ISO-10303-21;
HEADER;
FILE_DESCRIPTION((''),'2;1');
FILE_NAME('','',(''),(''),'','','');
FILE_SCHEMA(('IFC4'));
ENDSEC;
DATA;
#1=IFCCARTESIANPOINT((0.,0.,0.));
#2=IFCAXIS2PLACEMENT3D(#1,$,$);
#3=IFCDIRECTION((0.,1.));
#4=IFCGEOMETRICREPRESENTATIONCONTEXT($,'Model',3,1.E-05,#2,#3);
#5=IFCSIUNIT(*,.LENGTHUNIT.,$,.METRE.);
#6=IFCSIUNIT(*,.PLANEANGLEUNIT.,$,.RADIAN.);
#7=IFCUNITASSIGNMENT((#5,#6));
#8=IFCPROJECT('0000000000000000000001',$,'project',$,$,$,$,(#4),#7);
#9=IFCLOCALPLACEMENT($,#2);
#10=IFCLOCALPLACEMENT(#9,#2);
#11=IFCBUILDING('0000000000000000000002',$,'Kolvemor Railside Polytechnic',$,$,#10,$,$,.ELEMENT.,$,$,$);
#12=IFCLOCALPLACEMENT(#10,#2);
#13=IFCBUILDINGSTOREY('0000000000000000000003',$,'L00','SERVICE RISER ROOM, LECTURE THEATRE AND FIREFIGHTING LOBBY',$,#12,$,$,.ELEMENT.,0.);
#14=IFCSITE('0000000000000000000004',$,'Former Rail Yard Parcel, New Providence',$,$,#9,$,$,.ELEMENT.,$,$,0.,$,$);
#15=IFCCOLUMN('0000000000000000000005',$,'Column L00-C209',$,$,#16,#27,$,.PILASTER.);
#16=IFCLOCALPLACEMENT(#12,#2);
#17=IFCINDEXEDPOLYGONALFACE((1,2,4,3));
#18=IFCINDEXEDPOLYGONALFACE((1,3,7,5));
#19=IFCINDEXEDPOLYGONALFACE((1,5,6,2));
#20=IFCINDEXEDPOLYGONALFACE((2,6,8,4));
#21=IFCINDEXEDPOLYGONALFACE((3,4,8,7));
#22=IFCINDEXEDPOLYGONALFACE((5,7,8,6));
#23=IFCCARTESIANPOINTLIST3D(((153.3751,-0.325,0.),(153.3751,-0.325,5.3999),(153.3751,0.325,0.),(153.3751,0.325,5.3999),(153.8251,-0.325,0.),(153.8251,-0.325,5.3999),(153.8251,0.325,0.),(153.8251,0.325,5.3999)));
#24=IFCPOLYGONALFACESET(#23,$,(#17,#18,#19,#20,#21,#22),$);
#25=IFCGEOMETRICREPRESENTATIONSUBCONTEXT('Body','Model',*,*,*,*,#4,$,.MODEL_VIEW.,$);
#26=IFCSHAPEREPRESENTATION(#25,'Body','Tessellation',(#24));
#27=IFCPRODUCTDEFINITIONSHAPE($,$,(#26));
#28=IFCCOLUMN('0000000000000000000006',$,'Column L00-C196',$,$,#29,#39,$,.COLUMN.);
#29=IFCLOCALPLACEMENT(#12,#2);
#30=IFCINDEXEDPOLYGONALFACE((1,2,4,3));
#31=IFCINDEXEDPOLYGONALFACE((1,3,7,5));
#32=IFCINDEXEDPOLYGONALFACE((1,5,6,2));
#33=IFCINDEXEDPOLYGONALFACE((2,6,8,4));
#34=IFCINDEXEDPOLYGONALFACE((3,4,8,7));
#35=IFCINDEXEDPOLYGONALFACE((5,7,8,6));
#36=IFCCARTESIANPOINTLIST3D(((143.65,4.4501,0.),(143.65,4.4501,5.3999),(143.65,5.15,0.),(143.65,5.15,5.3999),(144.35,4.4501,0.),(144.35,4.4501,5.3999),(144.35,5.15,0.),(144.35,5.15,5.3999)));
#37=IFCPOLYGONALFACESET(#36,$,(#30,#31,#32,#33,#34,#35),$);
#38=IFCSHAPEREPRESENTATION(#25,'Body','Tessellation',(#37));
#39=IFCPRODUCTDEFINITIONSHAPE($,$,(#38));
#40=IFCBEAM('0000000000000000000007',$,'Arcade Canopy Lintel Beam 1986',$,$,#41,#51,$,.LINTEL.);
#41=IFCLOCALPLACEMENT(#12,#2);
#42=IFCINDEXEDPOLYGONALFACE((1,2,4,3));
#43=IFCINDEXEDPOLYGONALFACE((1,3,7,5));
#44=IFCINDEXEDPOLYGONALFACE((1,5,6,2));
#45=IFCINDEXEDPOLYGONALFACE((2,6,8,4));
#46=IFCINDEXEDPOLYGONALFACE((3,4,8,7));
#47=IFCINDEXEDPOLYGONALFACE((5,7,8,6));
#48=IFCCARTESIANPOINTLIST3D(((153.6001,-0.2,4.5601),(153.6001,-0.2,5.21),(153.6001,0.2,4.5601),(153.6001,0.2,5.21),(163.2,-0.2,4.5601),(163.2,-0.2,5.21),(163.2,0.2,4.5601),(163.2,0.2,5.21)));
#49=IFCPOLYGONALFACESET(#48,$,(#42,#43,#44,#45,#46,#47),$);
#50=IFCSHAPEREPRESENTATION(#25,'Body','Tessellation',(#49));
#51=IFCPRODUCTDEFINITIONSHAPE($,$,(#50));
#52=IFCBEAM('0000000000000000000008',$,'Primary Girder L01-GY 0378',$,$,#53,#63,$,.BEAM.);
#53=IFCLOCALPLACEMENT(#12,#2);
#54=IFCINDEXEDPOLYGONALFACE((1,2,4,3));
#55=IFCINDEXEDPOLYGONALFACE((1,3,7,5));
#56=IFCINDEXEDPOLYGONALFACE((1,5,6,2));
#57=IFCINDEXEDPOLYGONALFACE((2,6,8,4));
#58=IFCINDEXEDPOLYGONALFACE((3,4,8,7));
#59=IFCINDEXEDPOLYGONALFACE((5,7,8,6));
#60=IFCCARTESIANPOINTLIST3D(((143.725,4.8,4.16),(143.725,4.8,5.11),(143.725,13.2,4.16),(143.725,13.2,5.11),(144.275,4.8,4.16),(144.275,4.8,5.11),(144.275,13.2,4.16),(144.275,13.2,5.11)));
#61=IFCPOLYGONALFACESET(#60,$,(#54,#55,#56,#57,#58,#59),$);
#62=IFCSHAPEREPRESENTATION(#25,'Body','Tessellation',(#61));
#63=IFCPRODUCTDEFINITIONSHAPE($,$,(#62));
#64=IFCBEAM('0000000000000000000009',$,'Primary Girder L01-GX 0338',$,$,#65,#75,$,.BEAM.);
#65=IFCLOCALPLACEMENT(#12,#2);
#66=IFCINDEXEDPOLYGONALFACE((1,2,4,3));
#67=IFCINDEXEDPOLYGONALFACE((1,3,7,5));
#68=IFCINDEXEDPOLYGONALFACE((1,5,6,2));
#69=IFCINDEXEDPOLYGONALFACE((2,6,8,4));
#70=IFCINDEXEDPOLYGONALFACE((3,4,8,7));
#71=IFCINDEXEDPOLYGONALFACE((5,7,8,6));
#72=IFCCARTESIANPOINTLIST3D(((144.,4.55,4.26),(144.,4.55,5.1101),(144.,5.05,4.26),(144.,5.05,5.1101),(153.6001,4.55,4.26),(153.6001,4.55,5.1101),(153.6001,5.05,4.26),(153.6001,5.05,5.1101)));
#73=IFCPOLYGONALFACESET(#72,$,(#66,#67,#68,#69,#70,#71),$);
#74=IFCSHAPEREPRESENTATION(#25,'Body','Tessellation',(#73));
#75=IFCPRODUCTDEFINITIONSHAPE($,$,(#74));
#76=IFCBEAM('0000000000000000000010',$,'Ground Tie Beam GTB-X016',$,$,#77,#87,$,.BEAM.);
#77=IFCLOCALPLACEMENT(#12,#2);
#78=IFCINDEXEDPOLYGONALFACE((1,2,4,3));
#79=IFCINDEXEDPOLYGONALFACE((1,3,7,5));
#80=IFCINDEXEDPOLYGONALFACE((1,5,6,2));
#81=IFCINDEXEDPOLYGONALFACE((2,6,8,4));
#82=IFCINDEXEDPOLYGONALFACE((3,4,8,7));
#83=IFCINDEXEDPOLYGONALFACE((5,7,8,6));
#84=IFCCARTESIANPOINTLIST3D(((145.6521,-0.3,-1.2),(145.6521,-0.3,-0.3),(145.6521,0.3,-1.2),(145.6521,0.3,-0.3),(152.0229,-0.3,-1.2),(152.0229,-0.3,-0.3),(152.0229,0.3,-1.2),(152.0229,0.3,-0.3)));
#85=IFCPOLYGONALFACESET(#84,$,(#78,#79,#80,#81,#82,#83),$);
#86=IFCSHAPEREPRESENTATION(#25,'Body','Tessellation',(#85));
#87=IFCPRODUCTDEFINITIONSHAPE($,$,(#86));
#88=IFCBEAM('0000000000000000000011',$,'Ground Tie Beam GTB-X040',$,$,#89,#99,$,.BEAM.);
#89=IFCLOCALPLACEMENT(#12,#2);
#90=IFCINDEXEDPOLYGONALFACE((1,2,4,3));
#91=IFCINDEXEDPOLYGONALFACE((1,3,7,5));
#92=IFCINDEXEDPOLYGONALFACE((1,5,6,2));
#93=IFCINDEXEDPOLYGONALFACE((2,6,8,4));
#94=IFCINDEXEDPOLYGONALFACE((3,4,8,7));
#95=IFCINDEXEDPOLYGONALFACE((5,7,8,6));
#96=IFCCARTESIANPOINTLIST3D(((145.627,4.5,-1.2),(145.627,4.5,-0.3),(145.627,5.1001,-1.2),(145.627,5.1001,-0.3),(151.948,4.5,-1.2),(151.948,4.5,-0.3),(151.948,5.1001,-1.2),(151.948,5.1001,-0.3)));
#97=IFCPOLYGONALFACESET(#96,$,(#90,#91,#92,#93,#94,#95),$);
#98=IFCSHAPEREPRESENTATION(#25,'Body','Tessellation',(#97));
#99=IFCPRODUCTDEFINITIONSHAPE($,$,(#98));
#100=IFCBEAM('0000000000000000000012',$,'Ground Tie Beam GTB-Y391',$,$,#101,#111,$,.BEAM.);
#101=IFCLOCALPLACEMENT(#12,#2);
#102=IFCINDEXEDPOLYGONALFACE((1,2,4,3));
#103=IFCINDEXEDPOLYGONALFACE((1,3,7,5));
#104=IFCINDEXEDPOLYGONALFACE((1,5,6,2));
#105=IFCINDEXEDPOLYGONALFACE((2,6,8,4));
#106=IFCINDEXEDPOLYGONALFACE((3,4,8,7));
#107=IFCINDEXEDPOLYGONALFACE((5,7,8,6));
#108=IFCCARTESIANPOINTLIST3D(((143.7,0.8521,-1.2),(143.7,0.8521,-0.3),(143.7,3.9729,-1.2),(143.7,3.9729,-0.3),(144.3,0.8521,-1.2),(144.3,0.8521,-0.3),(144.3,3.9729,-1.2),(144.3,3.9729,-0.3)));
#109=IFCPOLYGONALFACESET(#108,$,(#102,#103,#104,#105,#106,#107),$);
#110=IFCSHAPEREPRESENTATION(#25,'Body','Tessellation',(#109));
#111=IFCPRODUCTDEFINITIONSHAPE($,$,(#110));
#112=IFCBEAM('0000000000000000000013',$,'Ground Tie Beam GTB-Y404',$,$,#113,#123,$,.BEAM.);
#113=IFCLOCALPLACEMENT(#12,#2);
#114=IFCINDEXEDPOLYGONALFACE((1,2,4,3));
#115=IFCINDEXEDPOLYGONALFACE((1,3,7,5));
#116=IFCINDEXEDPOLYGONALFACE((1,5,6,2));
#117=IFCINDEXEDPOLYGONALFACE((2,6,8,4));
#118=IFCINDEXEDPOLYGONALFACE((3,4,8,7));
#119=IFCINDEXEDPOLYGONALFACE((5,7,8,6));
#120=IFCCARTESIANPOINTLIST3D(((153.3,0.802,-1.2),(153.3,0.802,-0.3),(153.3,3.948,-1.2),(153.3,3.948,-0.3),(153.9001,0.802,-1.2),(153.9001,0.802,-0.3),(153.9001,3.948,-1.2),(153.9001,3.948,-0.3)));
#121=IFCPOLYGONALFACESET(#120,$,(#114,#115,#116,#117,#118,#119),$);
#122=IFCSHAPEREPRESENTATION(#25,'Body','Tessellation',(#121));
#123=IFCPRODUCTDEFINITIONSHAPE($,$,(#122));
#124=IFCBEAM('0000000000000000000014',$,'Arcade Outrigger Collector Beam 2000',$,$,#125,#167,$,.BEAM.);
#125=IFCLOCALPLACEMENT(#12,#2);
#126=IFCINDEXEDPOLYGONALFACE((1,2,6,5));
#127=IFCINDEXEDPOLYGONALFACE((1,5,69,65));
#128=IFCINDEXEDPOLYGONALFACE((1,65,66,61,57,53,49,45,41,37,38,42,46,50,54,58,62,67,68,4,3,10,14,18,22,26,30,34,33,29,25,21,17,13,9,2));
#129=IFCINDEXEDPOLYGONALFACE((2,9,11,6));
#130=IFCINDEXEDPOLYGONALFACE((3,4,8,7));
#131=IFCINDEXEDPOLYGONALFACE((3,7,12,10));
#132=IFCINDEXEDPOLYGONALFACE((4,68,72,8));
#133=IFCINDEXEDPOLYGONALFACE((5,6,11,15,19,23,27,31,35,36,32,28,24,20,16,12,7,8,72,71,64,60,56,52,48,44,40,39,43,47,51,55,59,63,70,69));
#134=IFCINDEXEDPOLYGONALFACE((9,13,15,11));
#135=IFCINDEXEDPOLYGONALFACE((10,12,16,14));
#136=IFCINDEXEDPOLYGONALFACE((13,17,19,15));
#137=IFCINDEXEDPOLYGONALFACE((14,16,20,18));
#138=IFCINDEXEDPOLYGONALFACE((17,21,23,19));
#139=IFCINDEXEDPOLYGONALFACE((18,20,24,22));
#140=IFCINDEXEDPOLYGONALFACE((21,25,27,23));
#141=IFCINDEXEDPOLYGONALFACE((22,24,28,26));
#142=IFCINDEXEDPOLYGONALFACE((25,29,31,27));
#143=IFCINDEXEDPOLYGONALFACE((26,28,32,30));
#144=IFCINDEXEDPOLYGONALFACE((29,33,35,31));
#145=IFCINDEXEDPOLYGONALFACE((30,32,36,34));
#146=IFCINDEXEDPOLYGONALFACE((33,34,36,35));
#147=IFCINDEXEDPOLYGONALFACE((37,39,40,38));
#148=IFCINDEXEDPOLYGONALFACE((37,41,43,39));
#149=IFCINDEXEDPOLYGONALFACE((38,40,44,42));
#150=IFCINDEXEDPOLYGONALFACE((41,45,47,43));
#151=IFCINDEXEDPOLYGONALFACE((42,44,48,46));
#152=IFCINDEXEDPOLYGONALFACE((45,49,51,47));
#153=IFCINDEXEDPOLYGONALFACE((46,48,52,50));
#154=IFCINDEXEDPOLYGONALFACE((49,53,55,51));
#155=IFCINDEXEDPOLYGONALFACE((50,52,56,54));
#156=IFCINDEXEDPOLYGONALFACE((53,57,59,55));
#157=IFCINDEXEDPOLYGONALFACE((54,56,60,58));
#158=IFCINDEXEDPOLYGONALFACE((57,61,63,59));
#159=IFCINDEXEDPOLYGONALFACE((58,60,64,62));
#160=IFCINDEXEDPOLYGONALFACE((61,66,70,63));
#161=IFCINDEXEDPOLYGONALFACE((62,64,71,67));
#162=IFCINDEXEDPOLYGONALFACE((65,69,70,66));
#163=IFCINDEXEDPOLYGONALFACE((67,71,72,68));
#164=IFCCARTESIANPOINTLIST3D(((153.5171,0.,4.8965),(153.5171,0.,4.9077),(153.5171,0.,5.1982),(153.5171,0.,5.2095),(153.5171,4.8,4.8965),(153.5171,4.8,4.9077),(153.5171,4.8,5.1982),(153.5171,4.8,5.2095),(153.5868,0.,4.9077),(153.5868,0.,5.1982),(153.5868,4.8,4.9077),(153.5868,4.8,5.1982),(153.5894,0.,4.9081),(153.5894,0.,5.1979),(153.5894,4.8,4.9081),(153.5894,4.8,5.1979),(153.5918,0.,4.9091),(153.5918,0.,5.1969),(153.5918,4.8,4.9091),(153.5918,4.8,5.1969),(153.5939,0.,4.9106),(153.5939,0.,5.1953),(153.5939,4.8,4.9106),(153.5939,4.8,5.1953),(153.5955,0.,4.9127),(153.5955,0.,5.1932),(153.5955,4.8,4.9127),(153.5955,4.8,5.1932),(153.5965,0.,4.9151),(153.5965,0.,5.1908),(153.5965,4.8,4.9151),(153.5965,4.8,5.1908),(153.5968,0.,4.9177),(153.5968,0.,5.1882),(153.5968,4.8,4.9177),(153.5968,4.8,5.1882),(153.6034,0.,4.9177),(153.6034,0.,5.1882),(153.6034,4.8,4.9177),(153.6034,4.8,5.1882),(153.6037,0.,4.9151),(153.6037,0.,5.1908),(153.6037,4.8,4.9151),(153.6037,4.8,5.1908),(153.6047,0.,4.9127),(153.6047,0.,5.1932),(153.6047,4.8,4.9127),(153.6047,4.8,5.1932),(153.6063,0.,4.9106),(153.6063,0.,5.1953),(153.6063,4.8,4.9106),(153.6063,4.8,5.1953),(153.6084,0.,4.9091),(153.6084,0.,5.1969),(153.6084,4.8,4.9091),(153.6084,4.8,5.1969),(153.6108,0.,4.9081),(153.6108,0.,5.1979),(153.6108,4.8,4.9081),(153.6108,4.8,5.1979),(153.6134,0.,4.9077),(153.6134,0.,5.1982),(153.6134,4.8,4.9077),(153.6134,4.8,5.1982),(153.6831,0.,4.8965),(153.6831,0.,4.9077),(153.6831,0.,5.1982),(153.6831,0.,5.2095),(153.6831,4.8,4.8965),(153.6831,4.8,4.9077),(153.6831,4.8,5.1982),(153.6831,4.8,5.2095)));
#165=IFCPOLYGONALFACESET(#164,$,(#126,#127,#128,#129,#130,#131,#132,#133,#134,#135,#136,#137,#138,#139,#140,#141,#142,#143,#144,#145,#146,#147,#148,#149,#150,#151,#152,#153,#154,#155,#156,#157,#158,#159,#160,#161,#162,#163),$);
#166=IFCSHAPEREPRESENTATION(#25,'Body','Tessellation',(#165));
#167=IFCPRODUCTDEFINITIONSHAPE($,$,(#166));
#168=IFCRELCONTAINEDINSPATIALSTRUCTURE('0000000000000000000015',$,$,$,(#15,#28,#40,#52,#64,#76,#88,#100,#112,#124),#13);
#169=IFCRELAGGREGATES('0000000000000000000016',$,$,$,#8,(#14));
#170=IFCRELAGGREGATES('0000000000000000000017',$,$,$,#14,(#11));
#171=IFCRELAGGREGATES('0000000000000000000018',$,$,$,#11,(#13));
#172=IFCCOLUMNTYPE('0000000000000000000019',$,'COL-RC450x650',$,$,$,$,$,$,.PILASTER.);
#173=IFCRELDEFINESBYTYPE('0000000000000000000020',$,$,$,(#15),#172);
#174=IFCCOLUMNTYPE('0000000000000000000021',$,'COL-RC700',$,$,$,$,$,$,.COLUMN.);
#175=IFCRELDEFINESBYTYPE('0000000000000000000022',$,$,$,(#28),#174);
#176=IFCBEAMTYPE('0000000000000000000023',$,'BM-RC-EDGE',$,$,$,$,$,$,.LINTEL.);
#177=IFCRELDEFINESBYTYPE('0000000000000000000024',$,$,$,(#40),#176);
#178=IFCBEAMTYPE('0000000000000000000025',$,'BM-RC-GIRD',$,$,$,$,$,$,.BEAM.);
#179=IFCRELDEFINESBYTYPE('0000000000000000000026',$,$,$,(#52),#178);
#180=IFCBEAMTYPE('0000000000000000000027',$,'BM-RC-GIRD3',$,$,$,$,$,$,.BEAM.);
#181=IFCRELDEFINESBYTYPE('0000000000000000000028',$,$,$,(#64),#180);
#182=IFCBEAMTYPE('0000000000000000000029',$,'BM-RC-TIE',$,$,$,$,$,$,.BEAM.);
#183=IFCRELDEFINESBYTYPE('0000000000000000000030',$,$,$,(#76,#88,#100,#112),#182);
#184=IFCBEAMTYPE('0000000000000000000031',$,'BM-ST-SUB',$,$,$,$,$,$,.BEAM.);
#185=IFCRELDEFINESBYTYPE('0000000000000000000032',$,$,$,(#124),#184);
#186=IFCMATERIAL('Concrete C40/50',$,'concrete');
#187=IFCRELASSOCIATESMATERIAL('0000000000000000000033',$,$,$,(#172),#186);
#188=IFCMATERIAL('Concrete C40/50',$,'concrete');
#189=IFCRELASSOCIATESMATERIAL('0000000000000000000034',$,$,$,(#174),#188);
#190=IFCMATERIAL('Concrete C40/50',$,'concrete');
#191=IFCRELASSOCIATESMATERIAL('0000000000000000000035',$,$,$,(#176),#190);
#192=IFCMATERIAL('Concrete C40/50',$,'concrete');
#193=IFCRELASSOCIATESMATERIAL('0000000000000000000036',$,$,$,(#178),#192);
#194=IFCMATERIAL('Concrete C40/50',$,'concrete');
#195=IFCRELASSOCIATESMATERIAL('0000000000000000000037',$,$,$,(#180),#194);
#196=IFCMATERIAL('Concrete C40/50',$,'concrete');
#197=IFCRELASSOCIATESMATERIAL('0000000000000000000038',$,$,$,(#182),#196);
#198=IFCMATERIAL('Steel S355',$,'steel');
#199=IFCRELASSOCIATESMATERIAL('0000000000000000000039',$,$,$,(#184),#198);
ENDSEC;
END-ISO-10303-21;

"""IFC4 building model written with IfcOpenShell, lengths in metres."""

from ifc_helpers import new_model, si_unit, direction, frame, origin, origin_2d, place, context, subcontext, project, spatial, rectangle, i_section, extrude, material, material_profile, profile_set, type_object, element, save


model = new_model("IFC4")

# Units and contexts
model_context = context("Model", 3, precision=1e-05, world=origin(), true_north=direction((0.0, 1.0)))
body_context = subcontext(model_context, "Body", "Model", "MODEL_VIEW")
ifc_project = project(units=[si_unit("LENGTHUNIT", "METRE"), si_unit("PLANEANGLEUNIT", "RADIAN")], contexts=[model_context])

# Site, building, storey
site_placement = place(None, origin())
site = spatial("IfcSite", under=ifc_project, at=site_placement, Name="Former Rail Yard Parcel, New Providence", CompositionType="ELEMENT", RefElevation=0.0)
building_placement = place(site_placement, origin())
building = spatial("IfcBuilding", under=site, at=building_placement, Name="Kolvemor Railside Polytechnic", CompositionType="ELEMENT")
storey_placement = place(building_placement, origin())
storey = spatial("IfcBuildingStorey", under=building, at=storey_placement, Name="L00", Description="SERVICE RISER ROOM, LECTURE THEATRE AND FIREFIGHTING LOBBY", CompositionType="ELEMENT", Elevation=0.0)

# Columns
ifc_material_1 = material(Name="Concrete C40/50", Category="concrete")
ifc_material_profile_1 = material_profile(ifc_material_1, rectangle(XDim=0.45, YDim=0.6499, at=origin_2d()), Name="RC450x650")
ifc_profile_set_1 = profile_set([ifc_material_profile_1], Name="Concrete C40/50")
column_type_1 = type_object("IfcColumnType", Name="COL-RC450x650", PredefinedType="PILASTER", material=ifc_profile_set_1)
column_1_placement = place(storey_placement, frame((153.6001, 0.0, 0.0), z_axis=(0.0, 0.0, 1.0), x_axis=(1.0, 0.0, 0.0)))
element("IfcColumn", 1, at=column_1_placement, inside=storey, type_object=column_type_1, Name="Column L00-C209", PredefinedType="PILASTER", context=body_context, shape_type="SweptSolid", body=[
    extrude(rectangle(XDim=0.45, YDim=0.6499, at=origin_2d()), origin(), (0.0, 0.0, 1.0), 5.3999),
])
ifc_material_2 = material(Name="Concrete C40/50", Category="concrete")
ifc_material_profile_2 = material_profile(ifc_material_2, rectangle(XDim=0.7, YDim=0.7, at=origin_2d()), Name="RC700x700")
ifc_profile_set_2 = profile_set([ifc_material_profile_2], Name="Concrete C40/50")
column_type_2 = type_object("IfcColumnType", Name="COL-RC700", PredefinedType="COLUMN", material=ifc_profile_set_2)
column_2_placement = place(storey_placement, frame((144.0, 4.8, 0.0), z_axis=(0.0, 0.0, 1.0), x_axis=(1.0, 0.0, 0.0)))
element("IfcColumn", 2, at=column_2_placement, inside=storey, type_object=column_type_2, Name="Column L00-C196", PredefinedType="COLUMN", context=body_context, shape_type="SweptSolid", body=[
    extrude(rectangle(XDim=0.7, YDim=0.7, at=origin_2d()), origin(), (0.0, 0.0, 1.0), 5.3999),
])

# Beams
ifc_material_3 = material(Name="Concrete C40/50", Category="concrete")
ifc_material_profile_3 = material_profile(ifc_material_3, rectangle(XDim=0.3999, YDim=0.6499, at=origin_2d()), Name="RC400x650")
ifc_profile_set_3 = profile_set([ifc_material_profile_3], Name="Concrete C40/50")
beam_type_1 = type_object("IfcBeamType", Name="BM-RC-EDGE", PredefinedType="LINTEL", material=ifc_profile_set_3)
beam_1_placement = place(storey_placement, frame((153.6001, 0.0, 4.885), z_axis=(1.0, 0.0, 0.0), x_axis=(0.0, 1.0, 0.0)))
element("IfcBeam", 3, at=beam_1_placement, inside=storey, type_object=beam_type_1, Name="Arcade Canopy Lintel Beam 1986", PredefinedType="LINTEL", context=body_context, shape_type="SweptSolid", body=[
    extrude(rectangle(XDim=0.3999, YDim=0.6499, at=origin_2d()), origin(), (0.0, 0.0, 1.0), 9.5999),
])
ifc_material_4 = material(Name="Concrete C40/50", Category="concrete")
ifc_material_profile_4 = material_profile(ifc_material_4, rectangle(XDim=0.55, YDim=0.95, at=origin_2d()), Name="RC550x950")
ifc_profile_set_4 = profile_set([ifc_material_profile_4], Name="Concrete C40/50")
beam_type_2 = type_object("IfcBeamType", Name="BM-RC-GIRD", PredefinedType="BEAM", material=ifc_profile_set_4)
beam_2_placement = place(storey_placement, frame((144.0, 4.8, 4.635), z_axis=(0.0, 1.0, 0.0), x_axis=(-1.0, 0.0, 0.0)))
element("IfcBeam", 4, at=beam_2_placement, inside=storey, type_object=beam_type_2, Name="Primary Girder L01-GY 0378", PredefinedType="BEAM", context=body_context, shape_type="SweptSolid", body=[
    extrude(rectangle(XDim=0.55, YDim=0.95, at=origin_2d()), origin(), (0.0, 0.0, 1.0), 8.3999),
])
ifc_material_5 = material(Name="Concrete C40/50", Category="concrete")
ifc_material_profile_5 = material_profile(ifc_material_5, rectangle(XDim=0.5, YDim=0.8501, at=origin_2d()), Name="RC500x850")
ifc_profile_set_5 = profile_set([ifc_material_profile_5], Name="Concrete C40/50")
beam_type_3 = type_object("IfcBeamType", Name="BM-RC-GIRD3", PredefinedType="BEAM", material=ifc_profile_set_5)
beam_3_placement = place(storey_placement, frame((144.0, 4.8, 4.6851), z_axis=(1.0, 0.0, 0.0), x_axis=(0.0, 1.0, 0.0)))
element("IfcBeam", 5, at=beam_3_placement, inside=storey, type_object=beam_type_3, Name="Primary Girder L01-GX 0338", PredefinedType="BEAM", context=body_context, shape_type="SweptSolid", body=[
    extrude(rectangle(XDim=0.5, YDim=0.8501, at=origin_2d()), origin(), (0.0, 0.0, 1.0), 9.6001),
])
ifc_material_6 = material(Name="Concrete C40/50", Category="concrete")
ifc_material_profile_6 = material_profile(ifc_material_6, rectangle(XDim=0.6001, YDim=0.8999, at=origin_2d()), Name="RC600x900")
ifc_profile_set_6 = profile_set([ifc_material_profile_6], Name="Concrete C40/50")
beam_type_4 = type_object("IfcBeamType", Name="BM-RC-TIE", PredefinedType="BEAM", material=ifc_profile_set_6)
beam_4_placement = place(storey_placement, frame((145.6521, 0.0, -0.75), z_axis=(1.0, 0.0, 0.0), x_axis=(0.0, 1.0, 0.0)))
element("IfcBeam", 6, at=beam_4_placement, inside=storey, type_object=beam_type_4, Name="Ground Tie Beam GTB-X016", PredefinedType="BEAM", context=body_context, shape_type="SweptSolid", body=[
    extrude(rectangle(XDim=0.6001, YDim=0.8999, at=origin_2d()), origin(), (0.0, 0.0, 1.0), 6.3708),
])
beam_5_placement = place(storey_placement, frame((145.627, 4.8, -0.75), z_axis=(1.0, 0.0, 0.0), x_axis=(0.0, 1.0, 0.0)))
element("IfcBeam", 7, at=beam_5_placement, inside=storey, type_object=beam_type_4, Name="Ground Tie Beam GTB-X040", PredefinedType="BEAM", context=body_context, shape_type="SweptSolid", body=[
    extrude(rectangle(XDim=0.6001, YDim=0.8999, at=origin_2d()), origin(), (0.0, 0.0, 1.0), 6.321),
])
beam_6_placement = place(storey_placement, frame((144.0, 0.8521, -0.75), z_axis=(0.0, 1.0, 0.0), x_axis=(-1.0, 0.0, 0.0)))
element("IfcBeam", 8, at=beam_6_placement, inside=storey, type_object=beam_type_4, Name="Ground Tie Beam GTB-Y391", PredefinedType="BEAM", context=body_context, shape_type="SweptSolid", body=[
    extrude(rectangle(XDim=0.6001, YDim=0.8999, at=origin_2d()), origin(), (0.0, 0.0, 1.0), 3.1208),
])
beam_7_placement = place(storey_placement, frame((153.6001, 0.802, -0.75), z_axis=(0.0, 1.0, 0.0), x_axis=(-1.0, 0.0, 0.0)))
element("IfcBeam", 9, at=beam_7_placement, inside=storey, type_object=beam_type_4, Name="Ground Tie Beam GTB-Y404", PredefinedType="BEAM", context=body_context, shape_type="SweptSolid", body=[
    extrude(rectangle(XDim=0.6001, YDim=0.8999, at=origin_2d()), origin(), (0.0, 0.0, 1.0), 3.146),
])
ifc_material_7 = material(Name="Steel S355", Category="steel")
ifc_material_profile_7 = material_profile(ifc_material_7, i_section(OverallWidth=0.166, OverallDepth=0.313, WebThickness=0.0066, FlangeThickness=0.0112, FilletRadius=0.01, at=origin_2d()), Name="W310x45")
ifc_profile_set_7 = profile_set([ifc_material_profile_7], Name="Steel S355")
beam_type_5 = type_object("IfcBeamType", Name="BM-ST-SUB", PredefinedType="BEAM", material=ifc_profile_set_7)
beam_8_placement = place(storey_placement, frame((153.6001, 0.0, 5.053), z_axis=(0.0, 1.0, 0.0), x_axis=(-1.0, 0.0, 0.0)))
element("IfcBeam", 10, at=beam_8_placement, inside=storey, type_object=beam_type_5, Name="Arcade Outrigger Collector Beam 2000", PredefinedType="BEAM", context=body_context, shape_type="SweptSolid", body=[
    extrude(i_section(OverallWidth=0.166, OverallDepth=0.313, WebThickness=0.0066, FlangeThickness=0.0112, FilletRadius=0.01, at=origin_2d()), origin(), (0.0, 0.0, 1.0), 4.8),
])

save(model, "model.ifc")
